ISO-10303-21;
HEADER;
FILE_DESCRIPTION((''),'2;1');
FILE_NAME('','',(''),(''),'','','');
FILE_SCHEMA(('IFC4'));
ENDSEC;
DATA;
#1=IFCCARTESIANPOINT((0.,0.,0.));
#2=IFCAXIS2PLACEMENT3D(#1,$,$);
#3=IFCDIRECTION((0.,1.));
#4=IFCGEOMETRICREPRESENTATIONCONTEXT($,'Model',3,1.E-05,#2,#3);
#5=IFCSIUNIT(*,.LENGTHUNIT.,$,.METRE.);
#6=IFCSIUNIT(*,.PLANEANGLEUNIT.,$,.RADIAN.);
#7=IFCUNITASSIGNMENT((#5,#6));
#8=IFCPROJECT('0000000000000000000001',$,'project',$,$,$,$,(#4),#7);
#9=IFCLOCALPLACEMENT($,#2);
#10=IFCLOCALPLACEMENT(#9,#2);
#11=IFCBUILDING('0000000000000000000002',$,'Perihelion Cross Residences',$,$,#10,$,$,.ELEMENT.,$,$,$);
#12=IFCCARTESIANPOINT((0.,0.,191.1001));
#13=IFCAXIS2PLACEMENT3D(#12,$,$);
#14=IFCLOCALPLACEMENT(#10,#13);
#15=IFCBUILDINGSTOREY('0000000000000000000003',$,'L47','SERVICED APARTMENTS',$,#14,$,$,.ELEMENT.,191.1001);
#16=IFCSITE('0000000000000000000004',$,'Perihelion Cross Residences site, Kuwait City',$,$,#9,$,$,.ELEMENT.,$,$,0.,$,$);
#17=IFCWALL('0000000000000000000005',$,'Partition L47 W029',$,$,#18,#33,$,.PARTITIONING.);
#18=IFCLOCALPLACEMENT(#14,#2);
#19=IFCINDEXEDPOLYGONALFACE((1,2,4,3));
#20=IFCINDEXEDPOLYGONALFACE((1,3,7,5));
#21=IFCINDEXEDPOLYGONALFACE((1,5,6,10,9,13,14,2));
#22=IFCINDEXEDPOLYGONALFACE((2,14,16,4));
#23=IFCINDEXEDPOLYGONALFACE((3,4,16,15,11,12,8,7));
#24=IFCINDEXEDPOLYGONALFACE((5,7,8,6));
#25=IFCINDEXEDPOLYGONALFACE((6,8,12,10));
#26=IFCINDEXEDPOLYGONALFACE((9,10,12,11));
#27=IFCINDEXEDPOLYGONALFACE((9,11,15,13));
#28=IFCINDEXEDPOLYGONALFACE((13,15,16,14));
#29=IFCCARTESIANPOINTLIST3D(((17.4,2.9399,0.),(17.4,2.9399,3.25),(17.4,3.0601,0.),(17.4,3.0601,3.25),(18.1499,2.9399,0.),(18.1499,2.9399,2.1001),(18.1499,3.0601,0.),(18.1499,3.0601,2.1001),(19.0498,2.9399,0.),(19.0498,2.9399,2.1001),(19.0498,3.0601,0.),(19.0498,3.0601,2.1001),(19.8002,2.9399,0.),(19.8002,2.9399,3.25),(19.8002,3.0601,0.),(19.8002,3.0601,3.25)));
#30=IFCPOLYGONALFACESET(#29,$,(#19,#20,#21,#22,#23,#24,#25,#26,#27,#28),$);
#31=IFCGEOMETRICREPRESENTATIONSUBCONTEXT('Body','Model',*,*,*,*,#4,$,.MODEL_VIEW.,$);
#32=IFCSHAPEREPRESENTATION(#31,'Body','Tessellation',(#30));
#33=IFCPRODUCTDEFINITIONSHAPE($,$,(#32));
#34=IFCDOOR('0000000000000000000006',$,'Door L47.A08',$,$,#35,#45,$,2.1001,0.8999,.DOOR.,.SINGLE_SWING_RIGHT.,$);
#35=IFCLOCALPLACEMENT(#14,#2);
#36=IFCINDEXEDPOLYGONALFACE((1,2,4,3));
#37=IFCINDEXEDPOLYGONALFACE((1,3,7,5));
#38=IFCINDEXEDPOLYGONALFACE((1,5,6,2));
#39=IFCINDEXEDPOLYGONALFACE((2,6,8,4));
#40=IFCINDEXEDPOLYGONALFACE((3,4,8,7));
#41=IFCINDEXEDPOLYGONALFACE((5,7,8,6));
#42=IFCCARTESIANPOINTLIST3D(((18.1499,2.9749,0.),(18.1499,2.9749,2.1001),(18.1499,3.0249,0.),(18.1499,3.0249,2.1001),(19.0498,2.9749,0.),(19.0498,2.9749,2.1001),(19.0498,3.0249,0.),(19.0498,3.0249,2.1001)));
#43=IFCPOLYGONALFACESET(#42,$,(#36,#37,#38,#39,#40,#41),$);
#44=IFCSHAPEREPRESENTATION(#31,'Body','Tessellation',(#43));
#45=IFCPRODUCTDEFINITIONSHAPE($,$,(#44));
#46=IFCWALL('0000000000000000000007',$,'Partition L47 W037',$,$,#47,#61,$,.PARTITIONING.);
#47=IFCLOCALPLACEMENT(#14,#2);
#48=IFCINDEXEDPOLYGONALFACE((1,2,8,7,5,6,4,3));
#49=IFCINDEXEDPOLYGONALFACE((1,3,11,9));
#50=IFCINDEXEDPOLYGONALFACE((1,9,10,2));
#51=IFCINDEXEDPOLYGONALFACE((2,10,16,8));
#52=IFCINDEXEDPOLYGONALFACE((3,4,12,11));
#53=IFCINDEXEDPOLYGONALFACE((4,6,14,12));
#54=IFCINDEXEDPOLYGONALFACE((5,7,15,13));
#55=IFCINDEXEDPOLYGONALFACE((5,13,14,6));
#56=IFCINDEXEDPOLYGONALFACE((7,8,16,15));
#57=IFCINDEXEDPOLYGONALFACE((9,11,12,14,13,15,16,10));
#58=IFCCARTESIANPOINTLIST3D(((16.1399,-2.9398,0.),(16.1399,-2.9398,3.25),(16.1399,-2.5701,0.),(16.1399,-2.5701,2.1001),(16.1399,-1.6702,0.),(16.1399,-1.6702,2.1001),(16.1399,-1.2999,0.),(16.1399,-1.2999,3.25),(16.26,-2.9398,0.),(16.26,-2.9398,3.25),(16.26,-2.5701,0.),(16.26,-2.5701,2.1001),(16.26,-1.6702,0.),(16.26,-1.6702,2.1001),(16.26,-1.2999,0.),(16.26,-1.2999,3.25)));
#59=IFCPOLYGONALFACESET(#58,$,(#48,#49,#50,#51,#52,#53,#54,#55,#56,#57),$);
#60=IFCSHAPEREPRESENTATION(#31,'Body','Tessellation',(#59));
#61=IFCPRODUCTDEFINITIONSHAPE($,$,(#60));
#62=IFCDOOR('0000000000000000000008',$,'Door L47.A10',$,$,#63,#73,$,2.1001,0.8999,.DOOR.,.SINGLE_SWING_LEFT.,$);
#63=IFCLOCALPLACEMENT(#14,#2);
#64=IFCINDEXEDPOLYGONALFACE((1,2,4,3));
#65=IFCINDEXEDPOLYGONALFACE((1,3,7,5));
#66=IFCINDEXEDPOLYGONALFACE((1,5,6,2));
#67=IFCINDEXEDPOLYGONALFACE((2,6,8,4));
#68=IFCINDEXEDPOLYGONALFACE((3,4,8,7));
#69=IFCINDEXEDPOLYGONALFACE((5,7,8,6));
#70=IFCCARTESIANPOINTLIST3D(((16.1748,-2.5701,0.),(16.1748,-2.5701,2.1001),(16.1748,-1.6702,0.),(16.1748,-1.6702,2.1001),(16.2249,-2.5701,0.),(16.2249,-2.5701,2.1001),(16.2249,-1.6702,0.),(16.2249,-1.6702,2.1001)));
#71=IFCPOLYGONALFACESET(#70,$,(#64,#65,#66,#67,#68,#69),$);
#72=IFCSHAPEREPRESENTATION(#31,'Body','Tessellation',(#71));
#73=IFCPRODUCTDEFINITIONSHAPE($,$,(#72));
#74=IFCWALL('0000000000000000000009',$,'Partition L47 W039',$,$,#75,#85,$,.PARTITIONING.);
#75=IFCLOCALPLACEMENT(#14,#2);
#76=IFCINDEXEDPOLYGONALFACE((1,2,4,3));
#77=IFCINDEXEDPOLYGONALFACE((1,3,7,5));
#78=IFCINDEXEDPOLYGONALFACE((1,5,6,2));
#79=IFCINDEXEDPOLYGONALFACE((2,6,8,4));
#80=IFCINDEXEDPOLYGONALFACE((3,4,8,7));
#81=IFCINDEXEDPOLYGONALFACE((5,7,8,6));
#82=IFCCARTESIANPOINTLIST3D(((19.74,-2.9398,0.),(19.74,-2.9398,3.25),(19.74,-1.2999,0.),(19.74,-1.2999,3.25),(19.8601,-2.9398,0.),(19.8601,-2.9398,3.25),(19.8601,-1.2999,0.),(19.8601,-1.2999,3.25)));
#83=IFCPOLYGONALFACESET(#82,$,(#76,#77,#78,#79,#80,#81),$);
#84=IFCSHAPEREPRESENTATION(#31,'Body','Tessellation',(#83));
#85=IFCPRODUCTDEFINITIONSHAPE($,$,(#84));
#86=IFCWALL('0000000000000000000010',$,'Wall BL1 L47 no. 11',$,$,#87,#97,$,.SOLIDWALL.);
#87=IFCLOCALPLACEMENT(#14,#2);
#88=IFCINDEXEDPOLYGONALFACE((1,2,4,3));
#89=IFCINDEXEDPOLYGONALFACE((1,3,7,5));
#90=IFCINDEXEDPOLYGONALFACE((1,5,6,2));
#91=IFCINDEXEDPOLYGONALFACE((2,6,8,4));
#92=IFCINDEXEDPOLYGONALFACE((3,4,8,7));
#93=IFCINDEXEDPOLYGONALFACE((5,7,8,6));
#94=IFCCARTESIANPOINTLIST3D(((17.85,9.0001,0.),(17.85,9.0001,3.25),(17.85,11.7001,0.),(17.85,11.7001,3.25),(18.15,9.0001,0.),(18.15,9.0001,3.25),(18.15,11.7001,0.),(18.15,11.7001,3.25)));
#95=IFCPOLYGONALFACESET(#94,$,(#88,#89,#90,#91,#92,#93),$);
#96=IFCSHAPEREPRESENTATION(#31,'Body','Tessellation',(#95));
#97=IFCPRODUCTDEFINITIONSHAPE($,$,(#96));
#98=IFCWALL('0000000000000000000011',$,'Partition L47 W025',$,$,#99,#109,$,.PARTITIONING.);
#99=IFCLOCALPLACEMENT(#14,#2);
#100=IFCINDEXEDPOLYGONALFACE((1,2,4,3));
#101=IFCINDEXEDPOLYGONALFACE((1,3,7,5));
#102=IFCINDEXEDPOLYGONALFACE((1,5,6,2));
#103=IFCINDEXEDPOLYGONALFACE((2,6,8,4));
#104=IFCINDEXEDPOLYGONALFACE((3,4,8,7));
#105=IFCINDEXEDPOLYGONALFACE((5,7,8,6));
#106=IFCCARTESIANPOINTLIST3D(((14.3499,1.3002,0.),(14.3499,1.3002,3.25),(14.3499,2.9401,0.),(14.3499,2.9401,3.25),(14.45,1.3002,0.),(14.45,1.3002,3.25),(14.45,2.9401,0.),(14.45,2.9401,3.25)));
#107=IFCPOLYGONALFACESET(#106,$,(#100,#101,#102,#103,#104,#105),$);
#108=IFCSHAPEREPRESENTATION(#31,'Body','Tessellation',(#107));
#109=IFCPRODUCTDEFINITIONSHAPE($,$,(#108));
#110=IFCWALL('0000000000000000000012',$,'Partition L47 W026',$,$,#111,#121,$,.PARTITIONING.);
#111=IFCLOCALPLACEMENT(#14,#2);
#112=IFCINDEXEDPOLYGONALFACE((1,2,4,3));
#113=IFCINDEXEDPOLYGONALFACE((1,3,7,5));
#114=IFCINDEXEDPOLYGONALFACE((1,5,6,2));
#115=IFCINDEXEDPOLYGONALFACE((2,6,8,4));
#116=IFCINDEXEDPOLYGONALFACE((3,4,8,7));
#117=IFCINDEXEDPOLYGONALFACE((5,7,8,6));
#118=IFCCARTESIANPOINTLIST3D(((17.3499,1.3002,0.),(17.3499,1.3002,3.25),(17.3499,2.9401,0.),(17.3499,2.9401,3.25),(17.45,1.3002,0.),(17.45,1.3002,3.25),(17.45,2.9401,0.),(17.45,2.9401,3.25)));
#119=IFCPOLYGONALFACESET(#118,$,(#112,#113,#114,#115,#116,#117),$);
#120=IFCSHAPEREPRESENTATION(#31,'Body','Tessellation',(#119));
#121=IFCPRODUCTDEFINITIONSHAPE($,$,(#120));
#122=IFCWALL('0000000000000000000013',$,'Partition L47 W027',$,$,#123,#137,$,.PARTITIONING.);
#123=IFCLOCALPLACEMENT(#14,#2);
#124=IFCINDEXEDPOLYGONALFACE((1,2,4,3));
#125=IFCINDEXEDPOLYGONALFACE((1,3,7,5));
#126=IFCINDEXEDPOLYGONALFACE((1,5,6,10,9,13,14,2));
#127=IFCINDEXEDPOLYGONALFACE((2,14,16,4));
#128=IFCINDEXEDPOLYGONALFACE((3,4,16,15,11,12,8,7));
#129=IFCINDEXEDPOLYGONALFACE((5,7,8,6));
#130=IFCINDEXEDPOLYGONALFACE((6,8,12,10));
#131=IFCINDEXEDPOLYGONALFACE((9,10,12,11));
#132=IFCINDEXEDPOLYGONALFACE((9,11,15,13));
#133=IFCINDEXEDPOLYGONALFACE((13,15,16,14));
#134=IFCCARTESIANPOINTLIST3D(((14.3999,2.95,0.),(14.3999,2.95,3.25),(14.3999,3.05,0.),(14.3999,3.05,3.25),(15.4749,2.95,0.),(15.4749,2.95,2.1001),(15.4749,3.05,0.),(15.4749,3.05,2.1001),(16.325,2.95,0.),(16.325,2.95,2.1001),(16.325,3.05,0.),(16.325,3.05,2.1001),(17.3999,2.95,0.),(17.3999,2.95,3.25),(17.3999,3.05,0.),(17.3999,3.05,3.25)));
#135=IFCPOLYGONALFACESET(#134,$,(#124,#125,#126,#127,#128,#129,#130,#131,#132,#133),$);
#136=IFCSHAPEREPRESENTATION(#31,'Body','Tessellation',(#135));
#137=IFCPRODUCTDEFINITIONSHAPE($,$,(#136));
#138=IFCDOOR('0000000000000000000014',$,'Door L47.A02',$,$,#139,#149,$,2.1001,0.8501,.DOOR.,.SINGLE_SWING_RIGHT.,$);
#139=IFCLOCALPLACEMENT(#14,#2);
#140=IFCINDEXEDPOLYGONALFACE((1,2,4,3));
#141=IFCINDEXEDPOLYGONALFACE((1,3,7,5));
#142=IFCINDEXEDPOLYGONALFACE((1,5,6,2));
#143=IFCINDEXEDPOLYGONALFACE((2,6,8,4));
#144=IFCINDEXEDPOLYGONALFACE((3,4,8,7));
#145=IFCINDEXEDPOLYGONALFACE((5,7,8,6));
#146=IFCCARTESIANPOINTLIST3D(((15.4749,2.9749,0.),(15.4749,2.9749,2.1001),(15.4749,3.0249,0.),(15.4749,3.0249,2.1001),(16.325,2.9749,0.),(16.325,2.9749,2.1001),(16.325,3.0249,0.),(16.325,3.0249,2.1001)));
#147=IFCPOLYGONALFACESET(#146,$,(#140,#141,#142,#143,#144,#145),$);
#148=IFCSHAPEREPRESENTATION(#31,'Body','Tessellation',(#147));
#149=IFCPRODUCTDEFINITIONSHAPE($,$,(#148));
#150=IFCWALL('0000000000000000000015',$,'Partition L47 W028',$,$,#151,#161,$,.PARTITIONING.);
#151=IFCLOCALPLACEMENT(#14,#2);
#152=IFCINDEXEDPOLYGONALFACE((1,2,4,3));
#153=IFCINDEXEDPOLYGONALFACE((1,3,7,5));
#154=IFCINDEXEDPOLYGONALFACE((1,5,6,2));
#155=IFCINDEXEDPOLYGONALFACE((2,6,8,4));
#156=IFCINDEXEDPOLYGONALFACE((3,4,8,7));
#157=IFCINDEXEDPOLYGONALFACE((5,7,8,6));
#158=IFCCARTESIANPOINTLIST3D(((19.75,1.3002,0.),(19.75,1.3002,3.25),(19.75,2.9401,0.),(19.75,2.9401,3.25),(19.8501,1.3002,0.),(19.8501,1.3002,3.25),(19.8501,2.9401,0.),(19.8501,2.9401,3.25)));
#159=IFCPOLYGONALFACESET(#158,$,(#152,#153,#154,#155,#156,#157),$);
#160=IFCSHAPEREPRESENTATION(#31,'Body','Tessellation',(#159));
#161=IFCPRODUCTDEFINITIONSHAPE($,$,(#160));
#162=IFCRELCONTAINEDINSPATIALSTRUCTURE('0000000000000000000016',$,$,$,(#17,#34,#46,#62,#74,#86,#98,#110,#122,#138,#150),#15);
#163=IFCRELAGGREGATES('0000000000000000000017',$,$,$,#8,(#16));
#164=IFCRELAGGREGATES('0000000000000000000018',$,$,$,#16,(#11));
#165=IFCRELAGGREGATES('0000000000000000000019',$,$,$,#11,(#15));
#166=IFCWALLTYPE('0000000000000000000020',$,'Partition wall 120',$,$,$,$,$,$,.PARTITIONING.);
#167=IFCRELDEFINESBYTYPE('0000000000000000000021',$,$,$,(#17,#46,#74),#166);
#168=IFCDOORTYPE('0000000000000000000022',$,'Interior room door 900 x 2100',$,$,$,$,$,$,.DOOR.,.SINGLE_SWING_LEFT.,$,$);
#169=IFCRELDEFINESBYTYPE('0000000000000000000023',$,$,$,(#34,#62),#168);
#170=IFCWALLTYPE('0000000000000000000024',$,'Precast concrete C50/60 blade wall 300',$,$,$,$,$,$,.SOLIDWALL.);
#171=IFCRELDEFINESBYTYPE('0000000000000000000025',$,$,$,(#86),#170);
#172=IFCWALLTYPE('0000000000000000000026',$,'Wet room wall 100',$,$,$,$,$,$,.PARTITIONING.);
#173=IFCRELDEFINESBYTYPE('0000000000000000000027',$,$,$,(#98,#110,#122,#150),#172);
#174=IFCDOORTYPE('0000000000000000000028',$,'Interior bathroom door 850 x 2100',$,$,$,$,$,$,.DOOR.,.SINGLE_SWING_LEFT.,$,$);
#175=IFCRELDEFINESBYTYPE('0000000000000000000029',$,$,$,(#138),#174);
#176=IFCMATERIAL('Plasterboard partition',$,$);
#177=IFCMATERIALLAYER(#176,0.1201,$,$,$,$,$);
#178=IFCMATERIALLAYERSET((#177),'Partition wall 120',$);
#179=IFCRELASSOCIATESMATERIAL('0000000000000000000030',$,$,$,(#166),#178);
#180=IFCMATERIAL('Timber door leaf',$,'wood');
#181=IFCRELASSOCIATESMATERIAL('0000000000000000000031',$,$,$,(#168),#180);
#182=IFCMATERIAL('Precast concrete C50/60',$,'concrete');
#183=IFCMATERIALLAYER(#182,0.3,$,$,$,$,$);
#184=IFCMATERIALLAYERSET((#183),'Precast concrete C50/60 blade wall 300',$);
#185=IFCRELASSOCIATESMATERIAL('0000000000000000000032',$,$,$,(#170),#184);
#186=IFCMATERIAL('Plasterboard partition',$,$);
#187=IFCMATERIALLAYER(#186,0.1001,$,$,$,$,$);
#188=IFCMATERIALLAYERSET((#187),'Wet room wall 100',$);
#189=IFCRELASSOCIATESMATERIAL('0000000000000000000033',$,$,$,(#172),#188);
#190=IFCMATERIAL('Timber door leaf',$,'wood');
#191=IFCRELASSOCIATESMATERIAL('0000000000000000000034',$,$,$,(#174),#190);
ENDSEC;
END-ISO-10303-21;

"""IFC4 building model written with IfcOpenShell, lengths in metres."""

from ifc_helpers import new_model, si_unit, direction, frame, frame_2d, origin, place, context, subcontext, project, spatial, rectangle, extrude, material, layer, layer_set, type_object, element, fill, save


model = new_model("IFC4")

# Units and contexts
model_context = context("Model", 3, precision=1e-05, world=origin(), true_north=direction((0.0, 1.0)))
body_context = subcontext(model_context, "Body", "Model", "MODEL_VIEW")
ifc_project = project(units=[si_unit("LENGTHUNIT", "METRE"), si_unit("PLANEANGLEUNIT", "RADIAN")], contexts=[model_context])

# Site, building, storey
site_placement = place(None, origin())
site = spatial("IfcSite", under=ifc_project, at=site_placement, Name="Perihelion Cross Residences site, Kuwait City", CompositionType="ELEMENT", RefElevation=0.0)
building_placement = place(site_placement, origin())
building = spatial("IfcBuilding", under=site, at=building_placement, Name="Perihelion Cross Residences", CompositionType="ELEMENT")
storey_placement = place(building_placement, frame((0.0, 0.0, 191.1001)))
storey = spatial("IfcBuildingStorey", under=building, at=storey_placement, Name="L47", Description="SERVICED APARTMENTS", CompositionType="ELEMENT", Elevation=191.1001)

# Walls, openings, doors
ifc_material_1 = material(Name="Plasterboard partition")
ifc_layer_1 = layer(ifc_material_1, 0.1201)
ifc_layer_set_1 = layer_set([ifc_layer_1], Name="Partition wall 120")
wall_type_1 = type_object("IfcWallType", Name="Partition wall 120", PredefinedType="PARTITIONING", material=ifc_layer_set_1)
ifc_material_2 = material(Name="Timber door leaf", Category="wood")
door_type_1 = type_object("IfcDoorType", Name="Interior room door 900 x 2100", OperationType="SINGLE_SWING_LEFT", PredefinedType="DOOR", material=ifc_material_2)
wall_1_placement = place(storey_placement, frame((17.3999, 3.0, 0.0), z_axis=(0.0, 0.0, 1.0), x_axis=(1.0, 0.0, 0.0)))
wall_1 = element("IfcWall", 1, at=wall_1_placement, inside=storey, type_object=wall_type_1, Name="Partition L47 W029", PredefinedType="PARTITIONING", context=body_context, shape_type="SweptSolid", body=[
    extrude(rectangle(XDim=2.4001, YDim=0.1201, at=frame_2d((1.2002, 0.0))), origin(), (0.0, 0.0, 1.0), 3.25),
])
opening_1_placement = place(wall_1_placement, frame((0.75, 0.0, 0.0)))
opening_1 = element("IfcOpeningElement", 2, at=opening_1_placement, cuts=wall_1, PredefinedType="OPENING", context=body_context, shape_type="SweptSolid", body=[
    extrude(rectangle(XDim=0.8999, YDim=2.1001, at=frame_2d((0.45, 1.05))), frame((0.0, 0.0701, 0.0), z_axis=(0.0, -1.0, 0.0), x_axis=(1.0, 0.0, 0.0)), (0.0, 0.0, 1.0), 0.1401),
])
door_1_placement = place(opening_1_placement, origin())
door_1 = element("IfcDoor", 3, at=door_1_placement, inside=storey, type_object=door_type_1, Name="Door L47.A08", OperationType="SINGLE_SWING_RIGHT", OverallHeight=2.1001, OverallWidth=0.8999, PredefinedType="DOOR", context=body_context, shape_type="SweptSolid", body=[
    extrude(rectangle(XDim=0.8999, YDim=2.1001, at=frame_2d((0.45, 1.05))), frame((0.0, 0.0249, 0.0), z_axis=(0.0, -1.0, 0.0), x_axis=(1.0, 0.0, 0.0)), (0.0, 0.0, 1.0), 0.05),
])
fill(opening_1, door_1)
wall_2_placement = place(storey_placement, frame((16.2, -1.3, 0.0), z_axis=(0.0, 0.0, 1.0), x_axis=(0.0, -1.0, 0.0)))
wall_2 = element("IfcWall", 4, at=wall_2_placement, inside=storey, type_object=wall_type_1, Name="Partition L47 W037", PredefinedType="PARTITIONING", context=body_context, shape_type="SweptSolid", body=[
    extrude(rectangle(XDim=1.6399, YDim=0.1201, at=frame_2d((0.8198, 0.0))), origin(), (0.0, 0.0, 1.0), 3.25),
])
opening_2_placement = place(wall_2_placement, frame((0.3701, 0.0, 0.0)))
opening_2 = element("IfcOpeningElement", 5, at=opening_2_placement, cuts=wall_2, PredefinedType="OPENING", context=body_context, shape_type="SweptSolid", body=[
    extrude(rectangle(XDim=0.8999, YDim=2.1001, at=frame_2d((0.45, 1.05))), frame((0.0, 0.0701, 0.0), z_axis=(0.0, -1.0, 0.0), x_axis=(1.0, 0.0, 0.0)), (0.0, 0.0, 1.0), 0.1401),
])
door_2_placement = place(opening_2_placement, origin())
door_2 = element("IfcDoor", 6, at=door_2_placement, inside=storey, type_object=door_type_1, Name="Door L47.A10", OperationType="SINGLE_SWING_LEFT", OverallHeight=2.1001, OverallWidth=0.8999, PredefinedType="DOOR", context=body_context, shape_type="SweptSolid", body=[
    extrude(rectangle(XDim=0.8999, YDim=2.1001, at=frame_2d((0.45, 1.05))), frame((0.0, 0.0249, 0.0), z_axis=(0.0, -1.0, 0.0), x_axis=(1.0, 0.0, 0.0)), (0.0, 0.0, 1.0), 0.05),
])
fill(opening_2, door_2)

# Walls
wall_3_placement = place(storey_placement, frame((19.8, -1.3, 0.0), z_axis=(0.0, 0.0, 1.0), x_axis=(0.0, -1.0, 0.0)))
element("IfcWall", 7, at=wall_3_placement, inside=storey, type_object=wall_type_1, Name="Partition L47 W039", PredefinedType="PARTITIONING", context=body_context, shape_type="SweptSolid", body=[
    extrude(rectangle(XDim=1.6399, YDim=0.1201, at=frame_2d((0.8198, 0.0))), origin(), (0.0, 0.0, 1.0), 3.25),
])
ifc_material_3 = material(Name="Precast concrete C50/60", Category="concrete")
ifc_layer_2 = layer(ifc_material_3, 0.3)
ifc_layer_set_2 = layer_set([ifc_layer_2], Name="Precast concrete C50/60 blade wall 300")
wall_type_2 = type_object("IfcWallType", Name="Precast concrete C50/60 blade wall 300", PredefinedType="SOLIDWALL", material=ifc_layer_set_2)
wall_4_placement = place(storey_placement, frame((18.0, 9.0, 0.0), z_axis=(0.0, 0.0, 1.0), x_axis=(0.0, 1.0, 0.0)))
element("IfcWall", 8, at=wall_4_placement, inside=storey, type_object=wall_type_2, Name="Wall BL1 L47 no. 11", PredefinedType="SOLIDWALL", context=body_context, shape_type="SweptSolid", body=[
    extrude(rectangle(XDim=2.7, YDim=0.3, at=frame_2d((1.3501, 0.0))), origin(), (0.0, 0.0, 1.0), 3.25),
])
ifc_material_4 = material(Name="Plasterboard partition")
ifc_layer_3 = layer(ifc_material_4, 0.1001)
ifc_layer_set_3 = layer_set([ifc_layer_3], Name="Wet room wall 100")
wall_type_3 = type_object("IfcWallType", Name="Wet room wall 100", PredefinedType="PARTITIONING", material=ifc_layer_set_3)
for number, where, z_axis, x_axis, name in (
    (9, (14.3999, 2.9399, 0.0), (0.0, 0.0, 1.0), (0.0, -1.0, 0.0), "Partition L47 W025"),
    (10, (17.3999, 2.9399, 0.0), (0.0, 0.0, 1.0), (0.0, -1.0, 0.0), "Partition L47 W026"),
):
    element("IfcWall", number, at=place(storey_placement, frame(where, z_axis=z_axis, x_axis=x_axis)), inside=storey, type_object=wall_type_3, Name=name, PredefinedType="PARTITIONING", context=body_context, shape_type="SweptSolid", body=[
        extrude(rectangle(XDim=1.6399, YDim=0.1001, at=frame_2d((0.8198, 0.0))), origin(), (0.0, 0.0, 1.0), 3.25),
    ])

# Wall, opening, door
wall_5_placement = place(storey_placement, frame((14.3999, 3.0, 0.0), z_axis=(0.0, 0.0, 1.0), x_axis=(1.0, 0.0, 0.0)))
wall_5 = element("IfcWall", 11, at=wall_5_placement, inside=storey, type_object=wall_type_3, Name="Partition L47 W027", PredefinedType="PARTITIONING", context=body_context, shape_type="SweptSolid", body=[
    extrude(rectangle(XDim=3.0, YDim=0.1001, at=frame_2d((1.5, 0.0))), origin(), (0.0, 0.0, 1.0), 3.25),
])
opening_3_placement = place(wall_5_placement, frame((1.075, 0.0, 0.0)))
opening_3 = element("IfcOpeningElement", 12, at=opening_3_placement, cuts=wall_5, PredefinedType="OPENING", context=body_context, shape_type="SweptSolid", body=[
    extrude(rectangle(XDim=0.8501, YDim=2.1001, at=frame_2d((0.425, 1.05))), frame((0.0, 0.0601, 0.0), z_axis=(0.0, -1.0, 0.0), x_axis=(1.0, 0.0, 0.0)), (0.0, 0.0, 1.0), 0.1201),
])
ifc_material_5 = material(Name="Timber door leaf", Category="wood")
door_type_2 = type_object("IfcDoorType", Name="Interior bathroom door 850 x 2100", OperationType="SINGLE_SWING_LEFT", PredefinedType="DOOR", material=ifc_material_5)
door_3_placement = place(opening_3_placement, origin())
door_3 = element("IfcDoor", 13, at=door_3_placement, inside=storey, type_object=door_type_2, Name="Door L47.A02", OperationType="SINGLE_SWING_RIGHT", OverallHeight=2.1001, OverallWidth=0.8501, PredefinedType="DOOR", context=body_context, shape_type="SweptSolid", body=[
    extrude(rectangle(XDim=0.8501, YDim=2.1001, at=frame_2d((0.425, 1.05))), frame((0.0, 0.0249, 0.0), z_axis=(0.0, -1.0, 0.0), x_axis=(1.0, 0.0, 0.0)), (0.0, 0.0, 1.0), 0.05),
])
fill(opening_3, door_3)

# Wall
wall_6_placement = place(storey_placement, frame((19.8, 2.9399, 0.0), z_axis=(0.0, 0.0, 1.0), x_axis=(0.0, -1.0, 0.0)))
element("IfcWall", 14, at=wall_6_placement, inside=storey, type_object=wall_type_3, Name="Partition L47 W028", PredefinedType="PARTITIONING", context=body_context, shape_type="SweptSolid", body=[
    extrude(rectangle(XDim=1.6399, YDim=0.1001, at=frame_2d((0.8198, 0.0))), origin(), (0.0, 0.0, 1.0), 3.25),
])

save(model, "model.ifc")
